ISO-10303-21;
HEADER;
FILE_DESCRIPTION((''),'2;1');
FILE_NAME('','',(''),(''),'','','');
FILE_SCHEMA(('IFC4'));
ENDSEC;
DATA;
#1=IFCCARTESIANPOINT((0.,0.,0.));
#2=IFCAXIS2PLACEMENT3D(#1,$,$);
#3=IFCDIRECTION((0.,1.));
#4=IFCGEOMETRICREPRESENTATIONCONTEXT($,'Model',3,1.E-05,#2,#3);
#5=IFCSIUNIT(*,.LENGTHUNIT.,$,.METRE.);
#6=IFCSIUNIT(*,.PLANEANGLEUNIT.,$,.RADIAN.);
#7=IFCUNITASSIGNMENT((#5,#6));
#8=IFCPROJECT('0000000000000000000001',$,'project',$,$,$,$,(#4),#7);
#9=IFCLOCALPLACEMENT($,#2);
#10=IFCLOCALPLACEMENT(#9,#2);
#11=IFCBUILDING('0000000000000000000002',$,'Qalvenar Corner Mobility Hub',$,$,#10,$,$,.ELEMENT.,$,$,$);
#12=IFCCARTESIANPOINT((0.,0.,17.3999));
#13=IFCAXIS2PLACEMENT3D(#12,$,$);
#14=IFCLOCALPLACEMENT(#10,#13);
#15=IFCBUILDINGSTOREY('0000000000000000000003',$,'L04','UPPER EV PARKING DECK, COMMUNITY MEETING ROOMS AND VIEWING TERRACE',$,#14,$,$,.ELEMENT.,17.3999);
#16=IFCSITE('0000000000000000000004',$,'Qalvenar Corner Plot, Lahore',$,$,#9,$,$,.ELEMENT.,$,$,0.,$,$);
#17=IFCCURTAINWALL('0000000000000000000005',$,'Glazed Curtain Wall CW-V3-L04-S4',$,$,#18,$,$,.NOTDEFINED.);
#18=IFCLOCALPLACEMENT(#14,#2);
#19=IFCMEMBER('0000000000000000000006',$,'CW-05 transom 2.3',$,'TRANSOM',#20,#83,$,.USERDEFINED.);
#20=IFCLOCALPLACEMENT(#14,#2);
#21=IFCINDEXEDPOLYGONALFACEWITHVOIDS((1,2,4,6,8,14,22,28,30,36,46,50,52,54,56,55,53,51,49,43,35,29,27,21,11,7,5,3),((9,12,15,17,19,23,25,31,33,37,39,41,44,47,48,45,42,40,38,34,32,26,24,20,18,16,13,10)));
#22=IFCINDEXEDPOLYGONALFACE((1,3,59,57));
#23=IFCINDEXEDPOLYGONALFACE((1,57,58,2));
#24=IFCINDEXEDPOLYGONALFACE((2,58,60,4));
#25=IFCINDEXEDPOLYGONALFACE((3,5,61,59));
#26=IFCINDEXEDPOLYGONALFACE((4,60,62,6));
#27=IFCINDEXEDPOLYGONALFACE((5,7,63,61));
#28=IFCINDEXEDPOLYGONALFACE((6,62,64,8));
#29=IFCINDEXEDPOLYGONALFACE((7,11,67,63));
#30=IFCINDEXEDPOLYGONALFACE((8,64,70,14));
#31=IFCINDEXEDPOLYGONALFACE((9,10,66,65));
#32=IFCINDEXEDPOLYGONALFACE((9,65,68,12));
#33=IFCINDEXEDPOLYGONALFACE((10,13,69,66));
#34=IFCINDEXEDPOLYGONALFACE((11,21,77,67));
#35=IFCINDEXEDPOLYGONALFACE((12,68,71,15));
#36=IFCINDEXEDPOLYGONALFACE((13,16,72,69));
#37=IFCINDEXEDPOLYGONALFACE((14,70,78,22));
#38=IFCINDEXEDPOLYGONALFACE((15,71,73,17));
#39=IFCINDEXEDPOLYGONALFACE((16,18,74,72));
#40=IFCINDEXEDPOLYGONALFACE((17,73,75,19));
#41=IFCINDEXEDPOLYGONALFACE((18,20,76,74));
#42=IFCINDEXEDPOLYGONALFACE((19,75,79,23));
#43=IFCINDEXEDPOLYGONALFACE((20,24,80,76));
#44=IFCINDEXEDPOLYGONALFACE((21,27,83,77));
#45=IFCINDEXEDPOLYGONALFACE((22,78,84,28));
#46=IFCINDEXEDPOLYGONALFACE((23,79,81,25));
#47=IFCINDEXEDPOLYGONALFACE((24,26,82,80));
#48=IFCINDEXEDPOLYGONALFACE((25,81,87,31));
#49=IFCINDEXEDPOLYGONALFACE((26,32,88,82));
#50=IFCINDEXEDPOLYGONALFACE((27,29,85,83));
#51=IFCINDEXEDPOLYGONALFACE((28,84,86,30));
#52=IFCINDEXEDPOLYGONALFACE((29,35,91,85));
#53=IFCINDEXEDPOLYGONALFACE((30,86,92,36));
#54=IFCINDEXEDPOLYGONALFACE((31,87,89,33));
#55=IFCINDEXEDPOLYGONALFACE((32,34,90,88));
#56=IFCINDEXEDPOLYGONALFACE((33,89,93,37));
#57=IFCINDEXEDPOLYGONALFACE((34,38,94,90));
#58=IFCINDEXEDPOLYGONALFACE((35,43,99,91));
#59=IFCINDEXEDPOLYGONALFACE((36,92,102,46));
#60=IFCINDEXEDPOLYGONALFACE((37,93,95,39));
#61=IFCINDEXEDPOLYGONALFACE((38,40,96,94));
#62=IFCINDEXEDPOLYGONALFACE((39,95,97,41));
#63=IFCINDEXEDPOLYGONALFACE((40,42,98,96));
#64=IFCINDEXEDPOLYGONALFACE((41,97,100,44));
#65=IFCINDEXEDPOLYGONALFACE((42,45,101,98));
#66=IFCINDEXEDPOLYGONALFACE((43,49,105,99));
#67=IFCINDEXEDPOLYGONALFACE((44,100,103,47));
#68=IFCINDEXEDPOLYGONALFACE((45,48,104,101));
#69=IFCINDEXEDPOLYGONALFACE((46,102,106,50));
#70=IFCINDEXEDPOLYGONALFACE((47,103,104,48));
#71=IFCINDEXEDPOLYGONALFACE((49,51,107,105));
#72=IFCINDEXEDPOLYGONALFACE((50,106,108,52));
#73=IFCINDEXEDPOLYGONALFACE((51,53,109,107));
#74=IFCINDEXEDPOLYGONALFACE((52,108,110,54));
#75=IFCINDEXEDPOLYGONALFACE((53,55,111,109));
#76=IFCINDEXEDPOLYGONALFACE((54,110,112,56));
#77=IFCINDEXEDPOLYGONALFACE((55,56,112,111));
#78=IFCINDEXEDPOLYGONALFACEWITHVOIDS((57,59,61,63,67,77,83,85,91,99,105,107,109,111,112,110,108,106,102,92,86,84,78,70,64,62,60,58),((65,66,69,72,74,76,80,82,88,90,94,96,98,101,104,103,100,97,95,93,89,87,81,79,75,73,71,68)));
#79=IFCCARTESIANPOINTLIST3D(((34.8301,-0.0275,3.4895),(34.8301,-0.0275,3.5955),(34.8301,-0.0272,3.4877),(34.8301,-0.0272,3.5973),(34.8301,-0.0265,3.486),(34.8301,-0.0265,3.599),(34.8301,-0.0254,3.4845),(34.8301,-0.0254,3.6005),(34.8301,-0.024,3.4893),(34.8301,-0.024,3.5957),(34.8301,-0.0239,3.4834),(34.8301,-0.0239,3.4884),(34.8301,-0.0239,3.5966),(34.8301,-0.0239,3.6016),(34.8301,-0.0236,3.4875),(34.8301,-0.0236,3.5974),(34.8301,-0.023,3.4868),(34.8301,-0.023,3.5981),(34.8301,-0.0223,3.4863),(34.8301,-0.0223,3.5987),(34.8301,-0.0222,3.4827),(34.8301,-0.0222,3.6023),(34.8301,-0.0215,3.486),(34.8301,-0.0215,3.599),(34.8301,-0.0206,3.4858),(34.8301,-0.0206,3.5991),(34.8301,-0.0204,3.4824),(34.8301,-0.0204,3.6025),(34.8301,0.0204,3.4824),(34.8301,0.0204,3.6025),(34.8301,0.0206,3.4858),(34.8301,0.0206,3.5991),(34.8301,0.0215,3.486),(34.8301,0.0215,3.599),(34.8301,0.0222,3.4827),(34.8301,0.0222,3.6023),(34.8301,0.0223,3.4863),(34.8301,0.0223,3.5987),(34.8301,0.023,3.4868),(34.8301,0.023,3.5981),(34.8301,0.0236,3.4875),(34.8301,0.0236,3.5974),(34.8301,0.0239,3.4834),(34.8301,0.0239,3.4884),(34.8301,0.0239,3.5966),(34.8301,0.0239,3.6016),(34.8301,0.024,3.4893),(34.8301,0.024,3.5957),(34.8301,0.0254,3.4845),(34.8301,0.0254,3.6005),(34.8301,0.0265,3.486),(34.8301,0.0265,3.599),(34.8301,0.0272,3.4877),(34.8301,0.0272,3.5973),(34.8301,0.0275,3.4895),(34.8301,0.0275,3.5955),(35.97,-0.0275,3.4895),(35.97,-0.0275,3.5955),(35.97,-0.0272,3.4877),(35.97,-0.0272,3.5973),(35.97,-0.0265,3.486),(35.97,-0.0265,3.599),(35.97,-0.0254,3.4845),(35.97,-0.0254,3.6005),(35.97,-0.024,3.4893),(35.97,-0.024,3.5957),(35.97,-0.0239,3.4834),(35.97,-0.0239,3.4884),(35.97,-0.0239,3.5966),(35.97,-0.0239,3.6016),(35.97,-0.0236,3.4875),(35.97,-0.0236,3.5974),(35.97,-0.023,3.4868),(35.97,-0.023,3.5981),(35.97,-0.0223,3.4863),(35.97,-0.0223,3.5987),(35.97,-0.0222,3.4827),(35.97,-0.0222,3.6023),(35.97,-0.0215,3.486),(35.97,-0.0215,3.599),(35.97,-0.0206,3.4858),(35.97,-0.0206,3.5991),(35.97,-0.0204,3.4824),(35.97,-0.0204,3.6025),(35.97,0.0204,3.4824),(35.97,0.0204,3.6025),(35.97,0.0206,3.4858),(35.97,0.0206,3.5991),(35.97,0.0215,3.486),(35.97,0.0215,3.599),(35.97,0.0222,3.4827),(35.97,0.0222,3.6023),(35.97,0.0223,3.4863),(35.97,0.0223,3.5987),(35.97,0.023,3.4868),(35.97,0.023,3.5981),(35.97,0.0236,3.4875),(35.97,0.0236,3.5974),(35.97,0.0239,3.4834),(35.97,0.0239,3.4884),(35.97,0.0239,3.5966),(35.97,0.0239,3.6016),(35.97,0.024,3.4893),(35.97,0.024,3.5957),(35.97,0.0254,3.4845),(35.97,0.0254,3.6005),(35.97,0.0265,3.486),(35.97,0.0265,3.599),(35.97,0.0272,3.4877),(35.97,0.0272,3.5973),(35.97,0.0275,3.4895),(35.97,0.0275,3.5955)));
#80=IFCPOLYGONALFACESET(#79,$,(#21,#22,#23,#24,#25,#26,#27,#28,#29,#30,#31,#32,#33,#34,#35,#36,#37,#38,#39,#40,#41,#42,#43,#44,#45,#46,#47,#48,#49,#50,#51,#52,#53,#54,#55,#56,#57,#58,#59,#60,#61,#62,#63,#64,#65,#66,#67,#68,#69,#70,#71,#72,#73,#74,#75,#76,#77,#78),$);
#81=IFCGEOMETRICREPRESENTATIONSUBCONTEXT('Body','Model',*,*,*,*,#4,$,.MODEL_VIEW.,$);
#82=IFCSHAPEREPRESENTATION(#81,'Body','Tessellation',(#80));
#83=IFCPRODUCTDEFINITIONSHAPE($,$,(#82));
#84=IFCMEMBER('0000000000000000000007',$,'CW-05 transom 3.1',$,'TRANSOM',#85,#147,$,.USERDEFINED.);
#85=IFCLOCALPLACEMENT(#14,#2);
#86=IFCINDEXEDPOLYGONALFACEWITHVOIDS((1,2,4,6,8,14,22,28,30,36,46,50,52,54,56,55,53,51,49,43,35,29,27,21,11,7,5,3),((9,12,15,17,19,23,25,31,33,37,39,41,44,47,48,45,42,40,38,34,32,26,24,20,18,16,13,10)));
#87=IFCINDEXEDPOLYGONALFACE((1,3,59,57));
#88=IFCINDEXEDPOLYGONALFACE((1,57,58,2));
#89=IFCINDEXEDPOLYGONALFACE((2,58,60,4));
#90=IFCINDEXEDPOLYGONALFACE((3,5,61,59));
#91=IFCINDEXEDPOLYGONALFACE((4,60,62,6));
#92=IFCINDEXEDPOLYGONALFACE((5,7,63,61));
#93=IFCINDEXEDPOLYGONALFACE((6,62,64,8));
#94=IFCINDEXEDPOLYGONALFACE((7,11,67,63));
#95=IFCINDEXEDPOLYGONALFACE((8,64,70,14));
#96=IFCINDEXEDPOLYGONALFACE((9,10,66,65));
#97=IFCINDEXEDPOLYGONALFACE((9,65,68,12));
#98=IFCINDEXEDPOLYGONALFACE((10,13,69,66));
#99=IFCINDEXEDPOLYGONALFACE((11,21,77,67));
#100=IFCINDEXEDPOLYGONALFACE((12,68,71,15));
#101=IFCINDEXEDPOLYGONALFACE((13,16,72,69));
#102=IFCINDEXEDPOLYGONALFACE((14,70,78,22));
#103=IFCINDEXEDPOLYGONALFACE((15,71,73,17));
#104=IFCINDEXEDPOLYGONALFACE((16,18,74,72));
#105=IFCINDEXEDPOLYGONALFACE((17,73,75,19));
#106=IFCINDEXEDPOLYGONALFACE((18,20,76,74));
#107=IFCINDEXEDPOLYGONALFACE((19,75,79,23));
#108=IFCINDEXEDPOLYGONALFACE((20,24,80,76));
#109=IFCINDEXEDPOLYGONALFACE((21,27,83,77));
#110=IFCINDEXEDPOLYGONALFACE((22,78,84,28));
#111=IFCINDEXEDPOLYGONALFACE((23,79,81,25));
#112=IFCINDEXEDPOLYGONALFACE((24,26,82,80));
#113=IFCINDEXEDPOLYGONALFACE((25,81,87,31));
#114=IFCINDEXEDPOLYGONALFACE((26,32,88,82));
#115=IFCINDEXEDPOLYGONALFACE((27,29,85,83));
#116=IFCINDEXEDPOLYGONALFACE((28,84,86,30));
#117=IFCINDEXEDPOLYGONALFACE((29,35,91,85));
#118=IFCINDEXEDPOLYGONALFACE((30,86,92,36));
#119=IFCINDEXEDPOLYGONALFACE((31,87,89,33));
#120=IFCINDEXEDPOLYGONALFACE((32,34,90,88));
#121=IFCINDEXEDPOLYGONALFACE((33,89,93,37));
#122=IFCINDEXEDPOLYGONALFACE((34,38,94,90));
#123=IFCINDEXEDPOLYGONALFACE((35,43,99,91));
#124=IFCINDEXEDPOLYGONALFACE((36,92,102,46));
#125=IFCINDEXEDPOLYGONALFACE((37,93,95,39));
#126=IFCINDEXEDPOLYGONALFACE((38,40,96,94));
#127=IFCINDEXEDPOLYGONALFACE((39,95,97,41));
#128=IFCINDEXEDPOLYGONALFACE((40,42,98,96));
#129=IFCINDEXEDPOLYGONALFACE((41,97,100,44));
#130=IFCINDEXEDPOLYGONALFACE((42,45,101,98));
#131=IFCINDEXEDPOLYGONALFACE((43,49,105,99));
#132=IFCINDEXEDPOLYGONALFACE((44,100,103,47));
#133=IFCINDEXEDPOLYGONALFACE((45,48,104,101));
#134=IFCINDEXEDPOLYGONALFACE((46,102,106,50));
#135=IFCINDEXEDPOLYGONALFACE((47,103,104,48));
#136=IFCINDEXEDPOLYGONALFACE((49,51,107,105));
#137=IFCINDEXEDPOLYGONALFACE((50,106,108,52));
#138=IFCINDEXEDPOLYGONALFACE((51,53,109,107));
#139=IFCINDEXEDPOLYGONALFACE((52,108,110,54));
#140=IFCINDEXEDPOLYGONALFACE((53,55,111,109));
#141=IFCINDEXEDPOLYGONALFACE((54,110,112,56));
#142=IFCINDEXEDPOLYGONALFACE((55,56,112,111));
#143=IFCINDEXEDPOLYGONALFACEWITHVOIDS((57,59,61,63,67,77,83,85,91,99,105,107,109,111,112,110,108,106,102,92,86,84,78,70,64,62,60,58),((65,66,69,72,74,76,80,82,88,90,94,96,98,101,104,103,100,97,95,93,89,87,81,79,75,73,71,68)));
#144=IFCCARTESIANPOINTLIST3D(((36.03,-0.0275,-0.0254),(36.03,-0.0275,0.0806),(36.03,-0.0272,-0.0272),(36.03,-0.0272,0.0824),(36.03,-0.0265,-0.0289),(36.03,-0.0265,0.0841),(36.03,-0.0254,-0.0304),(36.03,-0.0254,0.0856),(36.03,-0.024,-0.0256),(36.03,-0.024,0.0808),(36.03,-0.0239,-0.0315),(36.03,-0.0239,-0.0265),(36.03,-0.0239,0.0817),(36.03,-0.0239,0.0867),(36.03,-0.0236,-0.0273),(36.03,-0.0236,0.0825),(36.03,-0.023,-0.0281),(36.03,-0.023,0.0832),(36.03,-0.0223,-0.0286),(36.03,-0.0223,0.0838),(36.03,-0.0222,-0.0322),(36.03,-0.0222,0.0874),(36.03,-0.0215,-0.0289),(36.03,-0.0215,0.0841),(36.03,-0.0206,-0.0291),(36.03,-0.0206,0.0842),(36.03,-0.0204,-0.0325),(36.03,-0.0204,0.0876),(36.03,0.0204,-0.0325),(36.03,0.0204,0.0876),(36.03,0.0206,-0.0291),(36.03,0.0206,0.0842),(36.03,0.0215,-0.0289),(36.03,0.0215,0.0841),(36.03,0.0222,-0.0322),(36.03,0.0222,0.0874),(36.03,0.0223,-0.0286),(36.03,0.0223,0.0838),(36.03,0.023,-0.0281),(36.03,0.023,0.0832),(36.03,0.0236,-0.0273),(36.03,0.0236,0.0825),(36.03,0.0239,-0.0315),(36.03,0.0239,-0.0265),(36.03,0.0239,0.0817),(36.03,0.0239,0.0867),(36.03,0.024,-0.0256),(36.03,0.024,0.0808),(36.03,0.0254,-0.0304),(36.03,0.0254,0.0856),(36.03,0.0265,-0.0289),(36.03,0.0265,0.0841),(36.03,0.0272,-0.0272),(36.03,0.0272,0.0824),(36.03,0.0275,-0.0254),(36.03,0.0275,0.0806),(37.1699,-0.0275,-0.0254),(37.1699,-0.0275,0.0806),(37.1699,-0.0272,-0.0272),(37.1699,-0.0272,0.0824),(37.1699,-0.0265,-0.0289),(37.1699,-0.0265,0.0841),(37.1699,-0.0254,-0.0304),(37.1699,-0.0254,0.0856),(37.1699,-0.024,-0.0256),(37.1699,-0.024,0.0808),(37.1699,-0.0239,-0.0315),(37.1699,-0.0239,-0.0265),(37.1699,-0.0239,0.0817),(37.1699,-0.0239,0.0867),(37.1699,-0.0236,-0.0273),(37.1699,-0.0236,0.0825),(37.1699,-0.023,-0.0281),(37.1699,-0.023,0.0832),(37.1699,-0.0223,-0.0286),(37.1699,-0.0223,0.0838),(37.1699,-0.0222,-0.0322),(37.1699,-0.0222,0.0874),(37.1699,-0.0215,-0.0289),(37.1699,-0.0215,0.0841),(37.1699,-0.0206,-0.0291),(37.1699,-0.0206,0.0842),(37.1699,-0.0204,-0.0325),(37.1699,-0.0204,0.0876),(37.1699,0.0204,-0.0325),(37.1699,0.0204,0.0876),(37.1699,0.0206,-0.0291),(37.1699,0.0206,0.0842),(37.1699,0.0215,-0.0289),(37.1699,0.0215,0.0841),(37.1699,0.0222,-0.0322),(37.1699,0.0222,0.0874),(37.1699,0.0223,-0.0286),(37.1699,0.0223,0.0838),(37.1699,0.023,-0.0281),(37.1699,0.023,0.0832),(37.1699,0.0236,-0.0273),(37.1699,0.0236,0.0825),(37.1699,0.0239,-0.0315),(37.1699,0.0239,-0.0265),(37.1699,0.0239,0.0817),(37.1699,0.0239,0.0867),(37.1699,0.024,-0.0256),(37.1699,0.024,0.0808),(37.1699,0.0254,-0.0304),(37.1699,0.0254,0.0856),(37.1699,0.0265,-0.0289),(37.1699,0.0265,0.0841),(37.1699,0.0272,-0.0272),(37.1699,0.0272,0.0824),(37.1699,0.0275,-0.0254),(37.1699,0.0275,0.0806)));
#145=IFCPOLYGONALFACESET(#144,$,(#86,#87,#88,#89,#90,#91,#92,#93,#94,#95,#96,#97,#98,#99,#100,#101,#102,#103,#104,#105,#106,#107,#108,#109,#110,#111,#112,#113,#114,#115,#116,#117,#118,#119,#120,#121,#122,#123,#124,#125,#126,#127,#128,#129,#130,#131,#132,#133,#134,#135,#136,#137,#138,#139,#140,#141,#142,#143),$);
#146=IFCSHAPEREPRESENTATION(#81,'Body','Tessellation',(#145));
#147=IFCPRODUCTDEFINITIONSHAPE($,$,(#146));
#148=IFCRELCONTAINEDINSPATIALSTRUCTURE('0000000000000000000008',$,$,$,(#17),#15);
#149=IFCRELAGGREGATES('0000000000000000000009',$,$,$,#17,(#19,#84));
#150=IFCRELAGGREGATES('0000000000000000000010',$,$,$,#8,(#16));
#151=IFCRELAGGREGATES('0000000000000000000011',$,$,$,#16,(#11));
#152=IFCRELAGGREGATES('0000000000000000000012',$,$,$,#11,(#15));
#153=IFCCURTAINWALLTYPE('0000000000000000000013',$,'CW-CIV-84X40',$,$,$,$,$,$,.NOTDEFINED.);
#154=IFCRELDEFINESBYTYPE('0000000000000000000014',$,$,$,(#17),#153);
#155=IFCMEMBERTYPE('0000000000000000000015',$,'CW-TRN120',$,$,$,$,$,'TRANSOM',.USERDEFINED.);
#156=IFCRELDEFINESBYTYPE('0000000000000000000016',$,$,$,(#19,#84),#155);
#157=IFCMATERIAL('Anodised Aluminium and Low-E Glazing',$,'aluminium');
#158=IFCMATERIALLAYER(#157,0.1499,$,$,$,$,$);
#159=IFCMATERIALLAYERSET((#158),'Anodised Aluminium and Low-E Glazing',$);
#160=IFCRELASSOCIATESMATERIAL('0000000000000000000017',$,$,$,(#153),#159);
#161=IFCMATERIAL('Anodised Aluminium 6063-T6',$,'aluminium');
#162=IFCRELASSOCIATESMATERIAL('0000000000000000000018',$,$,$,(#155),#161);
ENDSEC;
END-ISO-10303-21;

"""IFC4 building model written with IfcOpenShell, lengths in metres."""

from ifc_helpers import new_model, si_unit, direction, frame, origin, origin_2d, place, context, subcontext, project, spatial, hollow_rectangle, extrude, material, layer, layer_set, material_profile, profile_set, type_object, element, aggregate, save


model = new_model("IFC4")

# Units and contexts
model_context = context("Model", 3, precision=1e-05, world=origin(), true_north=direction((0.0, 1.0)))
body_context = subcontext(model_context, "Body", "Model", "MODEL_VIEW")
ifc_project = project(units=[si_unit("LENGTHUNIT", "METRE"), si_unit("PLANEANGLEUNIT", "RADIAN")], contexts=[model_context])

# Site, building, storey
site_placement = place(None, origin())
site = spatial("IfcSite", under=ifc_project, at=site_placement, Name="Qalvenar Corner Plot, Lahore", CompositionType="ELEMENT", RefElevation=0.0)
building_placement = place(site_placement, origin())
building = spatial("IfcBuilding", under=site, at=building_placement, Name="Qalvenar Corner Mobility Hub", CompositionType="ELEMENT")
storey_placement = place(building_placement, frame((0.0, 0.0, 17.3999)))
storey = spatial("IfcBuildingStorey", under=building, at=storey_placement, Name="L04", Description="UPPER EV PARKING DECK, COMMUNITY MEETING ROOMS AND VIEWING TERRACE", CompositionType="ELEMENT", Elevation=17.3999)

# Curtain wall, members
ifc_material_1 = material(Name="Anodised Aluminium and Low-E Glazing", Category="aluminium")
ifc_layer_1 = layer(ifc_material_1, 0.1499)
ifc_layer_set_1 = layer_set([ifc_layer_1], Name="Anodised Aluminium and Low-E Glazing")
curtain_wall_type = type_object("IfcCurtainWallType", Name="CW-CIV-84X40", PredefinedType="NOTDEFINED", material=ifc_layer_set_1)
curtain_wall_placement = place(storey_placement, origin())
curtain_wall = element("IfcCurtainWall", 1, at=curtain_wall_placement, inside=storey, type_object=curtain_wall_type, Name="Glazed Curtain Wall CW-V3-L04-S4", PredefinedType="NOTDEFINED")
ifc_material_2 = material(Name="Anodised Aluminium 6063-T6", Category="aluminium")
ifc_material_profile_1 = material_profile(ifc_material_2, hollow_rectangle(XDim=0.0549, YDim=0.1201, WallThickness=0.0034, InnerFilletRadius=0.0034, OuterFilletRadius=0.0071, at=origin_2d()), Name="RHS120x55x3.5")
ifc_profile_set_1 = profile_set([ifc_material_profile_1], Name="Anodised Aluminium 6063-T6")
member_type_1 = type_object("IfcMemberType", Name="CW-TRN120", ElementType="TRANSOM", PredefinedType="USERDEFINED", material=ifc_profile_set_1)
member_1_placement = place(storey_placement, frame((34.8301, 0.0, 3.5425), z_axis=(1.0, 0.0, 0.0), x_axis=(0.0, 1.0, 0.0)))
member_1 = element("IfcMember", 2, at=member_1_placement, type_object=member_type_1, Name="CW-05 transom 2.3", ObjectType="TRANSOM", PredefinedType="USERDEFINED", context=body_context, shape_type="SweptSolid", body=[
    extrude(hollow_rectangle(XDim=0.0549, YDim=0.1201, WallThickness=0.0034, InnerFilletRadius=0.0034, OuterFilletRadius=0.0071, at=origin_2d()), origin(), (0.0, 0.0, 1.0), 1.1399),
])
member_2_placement = place(storey_placement, frame((36.03, 0.0, 0.0276), z_axis=(1.0, 0.0, 0.0), x_axis=(0.0, 1.0, 0.0)))
member_2 = element("IfcMember", 3, at=member_2_placement, type_object=member_type_1, Name="CW-05 transom 3.1", ObjectType="TRANSOM", PredefinedType="USERDEFINED", context=body_context, shape_type="SweptSolid", body=[
    extrude(hollow_rectangle(XDim=0.0549, YDim=0.1201, WallThickness=0.0034, InnerFilletRadius=0.0034, OuterFilletRadius=0.0071, at=origin_2d()), origin(), (0.0, 0.0, 1.0), 1.1399),
])
aggregate(curtain_wall, [member_1, member_2])

save(model, "model.ifc")
